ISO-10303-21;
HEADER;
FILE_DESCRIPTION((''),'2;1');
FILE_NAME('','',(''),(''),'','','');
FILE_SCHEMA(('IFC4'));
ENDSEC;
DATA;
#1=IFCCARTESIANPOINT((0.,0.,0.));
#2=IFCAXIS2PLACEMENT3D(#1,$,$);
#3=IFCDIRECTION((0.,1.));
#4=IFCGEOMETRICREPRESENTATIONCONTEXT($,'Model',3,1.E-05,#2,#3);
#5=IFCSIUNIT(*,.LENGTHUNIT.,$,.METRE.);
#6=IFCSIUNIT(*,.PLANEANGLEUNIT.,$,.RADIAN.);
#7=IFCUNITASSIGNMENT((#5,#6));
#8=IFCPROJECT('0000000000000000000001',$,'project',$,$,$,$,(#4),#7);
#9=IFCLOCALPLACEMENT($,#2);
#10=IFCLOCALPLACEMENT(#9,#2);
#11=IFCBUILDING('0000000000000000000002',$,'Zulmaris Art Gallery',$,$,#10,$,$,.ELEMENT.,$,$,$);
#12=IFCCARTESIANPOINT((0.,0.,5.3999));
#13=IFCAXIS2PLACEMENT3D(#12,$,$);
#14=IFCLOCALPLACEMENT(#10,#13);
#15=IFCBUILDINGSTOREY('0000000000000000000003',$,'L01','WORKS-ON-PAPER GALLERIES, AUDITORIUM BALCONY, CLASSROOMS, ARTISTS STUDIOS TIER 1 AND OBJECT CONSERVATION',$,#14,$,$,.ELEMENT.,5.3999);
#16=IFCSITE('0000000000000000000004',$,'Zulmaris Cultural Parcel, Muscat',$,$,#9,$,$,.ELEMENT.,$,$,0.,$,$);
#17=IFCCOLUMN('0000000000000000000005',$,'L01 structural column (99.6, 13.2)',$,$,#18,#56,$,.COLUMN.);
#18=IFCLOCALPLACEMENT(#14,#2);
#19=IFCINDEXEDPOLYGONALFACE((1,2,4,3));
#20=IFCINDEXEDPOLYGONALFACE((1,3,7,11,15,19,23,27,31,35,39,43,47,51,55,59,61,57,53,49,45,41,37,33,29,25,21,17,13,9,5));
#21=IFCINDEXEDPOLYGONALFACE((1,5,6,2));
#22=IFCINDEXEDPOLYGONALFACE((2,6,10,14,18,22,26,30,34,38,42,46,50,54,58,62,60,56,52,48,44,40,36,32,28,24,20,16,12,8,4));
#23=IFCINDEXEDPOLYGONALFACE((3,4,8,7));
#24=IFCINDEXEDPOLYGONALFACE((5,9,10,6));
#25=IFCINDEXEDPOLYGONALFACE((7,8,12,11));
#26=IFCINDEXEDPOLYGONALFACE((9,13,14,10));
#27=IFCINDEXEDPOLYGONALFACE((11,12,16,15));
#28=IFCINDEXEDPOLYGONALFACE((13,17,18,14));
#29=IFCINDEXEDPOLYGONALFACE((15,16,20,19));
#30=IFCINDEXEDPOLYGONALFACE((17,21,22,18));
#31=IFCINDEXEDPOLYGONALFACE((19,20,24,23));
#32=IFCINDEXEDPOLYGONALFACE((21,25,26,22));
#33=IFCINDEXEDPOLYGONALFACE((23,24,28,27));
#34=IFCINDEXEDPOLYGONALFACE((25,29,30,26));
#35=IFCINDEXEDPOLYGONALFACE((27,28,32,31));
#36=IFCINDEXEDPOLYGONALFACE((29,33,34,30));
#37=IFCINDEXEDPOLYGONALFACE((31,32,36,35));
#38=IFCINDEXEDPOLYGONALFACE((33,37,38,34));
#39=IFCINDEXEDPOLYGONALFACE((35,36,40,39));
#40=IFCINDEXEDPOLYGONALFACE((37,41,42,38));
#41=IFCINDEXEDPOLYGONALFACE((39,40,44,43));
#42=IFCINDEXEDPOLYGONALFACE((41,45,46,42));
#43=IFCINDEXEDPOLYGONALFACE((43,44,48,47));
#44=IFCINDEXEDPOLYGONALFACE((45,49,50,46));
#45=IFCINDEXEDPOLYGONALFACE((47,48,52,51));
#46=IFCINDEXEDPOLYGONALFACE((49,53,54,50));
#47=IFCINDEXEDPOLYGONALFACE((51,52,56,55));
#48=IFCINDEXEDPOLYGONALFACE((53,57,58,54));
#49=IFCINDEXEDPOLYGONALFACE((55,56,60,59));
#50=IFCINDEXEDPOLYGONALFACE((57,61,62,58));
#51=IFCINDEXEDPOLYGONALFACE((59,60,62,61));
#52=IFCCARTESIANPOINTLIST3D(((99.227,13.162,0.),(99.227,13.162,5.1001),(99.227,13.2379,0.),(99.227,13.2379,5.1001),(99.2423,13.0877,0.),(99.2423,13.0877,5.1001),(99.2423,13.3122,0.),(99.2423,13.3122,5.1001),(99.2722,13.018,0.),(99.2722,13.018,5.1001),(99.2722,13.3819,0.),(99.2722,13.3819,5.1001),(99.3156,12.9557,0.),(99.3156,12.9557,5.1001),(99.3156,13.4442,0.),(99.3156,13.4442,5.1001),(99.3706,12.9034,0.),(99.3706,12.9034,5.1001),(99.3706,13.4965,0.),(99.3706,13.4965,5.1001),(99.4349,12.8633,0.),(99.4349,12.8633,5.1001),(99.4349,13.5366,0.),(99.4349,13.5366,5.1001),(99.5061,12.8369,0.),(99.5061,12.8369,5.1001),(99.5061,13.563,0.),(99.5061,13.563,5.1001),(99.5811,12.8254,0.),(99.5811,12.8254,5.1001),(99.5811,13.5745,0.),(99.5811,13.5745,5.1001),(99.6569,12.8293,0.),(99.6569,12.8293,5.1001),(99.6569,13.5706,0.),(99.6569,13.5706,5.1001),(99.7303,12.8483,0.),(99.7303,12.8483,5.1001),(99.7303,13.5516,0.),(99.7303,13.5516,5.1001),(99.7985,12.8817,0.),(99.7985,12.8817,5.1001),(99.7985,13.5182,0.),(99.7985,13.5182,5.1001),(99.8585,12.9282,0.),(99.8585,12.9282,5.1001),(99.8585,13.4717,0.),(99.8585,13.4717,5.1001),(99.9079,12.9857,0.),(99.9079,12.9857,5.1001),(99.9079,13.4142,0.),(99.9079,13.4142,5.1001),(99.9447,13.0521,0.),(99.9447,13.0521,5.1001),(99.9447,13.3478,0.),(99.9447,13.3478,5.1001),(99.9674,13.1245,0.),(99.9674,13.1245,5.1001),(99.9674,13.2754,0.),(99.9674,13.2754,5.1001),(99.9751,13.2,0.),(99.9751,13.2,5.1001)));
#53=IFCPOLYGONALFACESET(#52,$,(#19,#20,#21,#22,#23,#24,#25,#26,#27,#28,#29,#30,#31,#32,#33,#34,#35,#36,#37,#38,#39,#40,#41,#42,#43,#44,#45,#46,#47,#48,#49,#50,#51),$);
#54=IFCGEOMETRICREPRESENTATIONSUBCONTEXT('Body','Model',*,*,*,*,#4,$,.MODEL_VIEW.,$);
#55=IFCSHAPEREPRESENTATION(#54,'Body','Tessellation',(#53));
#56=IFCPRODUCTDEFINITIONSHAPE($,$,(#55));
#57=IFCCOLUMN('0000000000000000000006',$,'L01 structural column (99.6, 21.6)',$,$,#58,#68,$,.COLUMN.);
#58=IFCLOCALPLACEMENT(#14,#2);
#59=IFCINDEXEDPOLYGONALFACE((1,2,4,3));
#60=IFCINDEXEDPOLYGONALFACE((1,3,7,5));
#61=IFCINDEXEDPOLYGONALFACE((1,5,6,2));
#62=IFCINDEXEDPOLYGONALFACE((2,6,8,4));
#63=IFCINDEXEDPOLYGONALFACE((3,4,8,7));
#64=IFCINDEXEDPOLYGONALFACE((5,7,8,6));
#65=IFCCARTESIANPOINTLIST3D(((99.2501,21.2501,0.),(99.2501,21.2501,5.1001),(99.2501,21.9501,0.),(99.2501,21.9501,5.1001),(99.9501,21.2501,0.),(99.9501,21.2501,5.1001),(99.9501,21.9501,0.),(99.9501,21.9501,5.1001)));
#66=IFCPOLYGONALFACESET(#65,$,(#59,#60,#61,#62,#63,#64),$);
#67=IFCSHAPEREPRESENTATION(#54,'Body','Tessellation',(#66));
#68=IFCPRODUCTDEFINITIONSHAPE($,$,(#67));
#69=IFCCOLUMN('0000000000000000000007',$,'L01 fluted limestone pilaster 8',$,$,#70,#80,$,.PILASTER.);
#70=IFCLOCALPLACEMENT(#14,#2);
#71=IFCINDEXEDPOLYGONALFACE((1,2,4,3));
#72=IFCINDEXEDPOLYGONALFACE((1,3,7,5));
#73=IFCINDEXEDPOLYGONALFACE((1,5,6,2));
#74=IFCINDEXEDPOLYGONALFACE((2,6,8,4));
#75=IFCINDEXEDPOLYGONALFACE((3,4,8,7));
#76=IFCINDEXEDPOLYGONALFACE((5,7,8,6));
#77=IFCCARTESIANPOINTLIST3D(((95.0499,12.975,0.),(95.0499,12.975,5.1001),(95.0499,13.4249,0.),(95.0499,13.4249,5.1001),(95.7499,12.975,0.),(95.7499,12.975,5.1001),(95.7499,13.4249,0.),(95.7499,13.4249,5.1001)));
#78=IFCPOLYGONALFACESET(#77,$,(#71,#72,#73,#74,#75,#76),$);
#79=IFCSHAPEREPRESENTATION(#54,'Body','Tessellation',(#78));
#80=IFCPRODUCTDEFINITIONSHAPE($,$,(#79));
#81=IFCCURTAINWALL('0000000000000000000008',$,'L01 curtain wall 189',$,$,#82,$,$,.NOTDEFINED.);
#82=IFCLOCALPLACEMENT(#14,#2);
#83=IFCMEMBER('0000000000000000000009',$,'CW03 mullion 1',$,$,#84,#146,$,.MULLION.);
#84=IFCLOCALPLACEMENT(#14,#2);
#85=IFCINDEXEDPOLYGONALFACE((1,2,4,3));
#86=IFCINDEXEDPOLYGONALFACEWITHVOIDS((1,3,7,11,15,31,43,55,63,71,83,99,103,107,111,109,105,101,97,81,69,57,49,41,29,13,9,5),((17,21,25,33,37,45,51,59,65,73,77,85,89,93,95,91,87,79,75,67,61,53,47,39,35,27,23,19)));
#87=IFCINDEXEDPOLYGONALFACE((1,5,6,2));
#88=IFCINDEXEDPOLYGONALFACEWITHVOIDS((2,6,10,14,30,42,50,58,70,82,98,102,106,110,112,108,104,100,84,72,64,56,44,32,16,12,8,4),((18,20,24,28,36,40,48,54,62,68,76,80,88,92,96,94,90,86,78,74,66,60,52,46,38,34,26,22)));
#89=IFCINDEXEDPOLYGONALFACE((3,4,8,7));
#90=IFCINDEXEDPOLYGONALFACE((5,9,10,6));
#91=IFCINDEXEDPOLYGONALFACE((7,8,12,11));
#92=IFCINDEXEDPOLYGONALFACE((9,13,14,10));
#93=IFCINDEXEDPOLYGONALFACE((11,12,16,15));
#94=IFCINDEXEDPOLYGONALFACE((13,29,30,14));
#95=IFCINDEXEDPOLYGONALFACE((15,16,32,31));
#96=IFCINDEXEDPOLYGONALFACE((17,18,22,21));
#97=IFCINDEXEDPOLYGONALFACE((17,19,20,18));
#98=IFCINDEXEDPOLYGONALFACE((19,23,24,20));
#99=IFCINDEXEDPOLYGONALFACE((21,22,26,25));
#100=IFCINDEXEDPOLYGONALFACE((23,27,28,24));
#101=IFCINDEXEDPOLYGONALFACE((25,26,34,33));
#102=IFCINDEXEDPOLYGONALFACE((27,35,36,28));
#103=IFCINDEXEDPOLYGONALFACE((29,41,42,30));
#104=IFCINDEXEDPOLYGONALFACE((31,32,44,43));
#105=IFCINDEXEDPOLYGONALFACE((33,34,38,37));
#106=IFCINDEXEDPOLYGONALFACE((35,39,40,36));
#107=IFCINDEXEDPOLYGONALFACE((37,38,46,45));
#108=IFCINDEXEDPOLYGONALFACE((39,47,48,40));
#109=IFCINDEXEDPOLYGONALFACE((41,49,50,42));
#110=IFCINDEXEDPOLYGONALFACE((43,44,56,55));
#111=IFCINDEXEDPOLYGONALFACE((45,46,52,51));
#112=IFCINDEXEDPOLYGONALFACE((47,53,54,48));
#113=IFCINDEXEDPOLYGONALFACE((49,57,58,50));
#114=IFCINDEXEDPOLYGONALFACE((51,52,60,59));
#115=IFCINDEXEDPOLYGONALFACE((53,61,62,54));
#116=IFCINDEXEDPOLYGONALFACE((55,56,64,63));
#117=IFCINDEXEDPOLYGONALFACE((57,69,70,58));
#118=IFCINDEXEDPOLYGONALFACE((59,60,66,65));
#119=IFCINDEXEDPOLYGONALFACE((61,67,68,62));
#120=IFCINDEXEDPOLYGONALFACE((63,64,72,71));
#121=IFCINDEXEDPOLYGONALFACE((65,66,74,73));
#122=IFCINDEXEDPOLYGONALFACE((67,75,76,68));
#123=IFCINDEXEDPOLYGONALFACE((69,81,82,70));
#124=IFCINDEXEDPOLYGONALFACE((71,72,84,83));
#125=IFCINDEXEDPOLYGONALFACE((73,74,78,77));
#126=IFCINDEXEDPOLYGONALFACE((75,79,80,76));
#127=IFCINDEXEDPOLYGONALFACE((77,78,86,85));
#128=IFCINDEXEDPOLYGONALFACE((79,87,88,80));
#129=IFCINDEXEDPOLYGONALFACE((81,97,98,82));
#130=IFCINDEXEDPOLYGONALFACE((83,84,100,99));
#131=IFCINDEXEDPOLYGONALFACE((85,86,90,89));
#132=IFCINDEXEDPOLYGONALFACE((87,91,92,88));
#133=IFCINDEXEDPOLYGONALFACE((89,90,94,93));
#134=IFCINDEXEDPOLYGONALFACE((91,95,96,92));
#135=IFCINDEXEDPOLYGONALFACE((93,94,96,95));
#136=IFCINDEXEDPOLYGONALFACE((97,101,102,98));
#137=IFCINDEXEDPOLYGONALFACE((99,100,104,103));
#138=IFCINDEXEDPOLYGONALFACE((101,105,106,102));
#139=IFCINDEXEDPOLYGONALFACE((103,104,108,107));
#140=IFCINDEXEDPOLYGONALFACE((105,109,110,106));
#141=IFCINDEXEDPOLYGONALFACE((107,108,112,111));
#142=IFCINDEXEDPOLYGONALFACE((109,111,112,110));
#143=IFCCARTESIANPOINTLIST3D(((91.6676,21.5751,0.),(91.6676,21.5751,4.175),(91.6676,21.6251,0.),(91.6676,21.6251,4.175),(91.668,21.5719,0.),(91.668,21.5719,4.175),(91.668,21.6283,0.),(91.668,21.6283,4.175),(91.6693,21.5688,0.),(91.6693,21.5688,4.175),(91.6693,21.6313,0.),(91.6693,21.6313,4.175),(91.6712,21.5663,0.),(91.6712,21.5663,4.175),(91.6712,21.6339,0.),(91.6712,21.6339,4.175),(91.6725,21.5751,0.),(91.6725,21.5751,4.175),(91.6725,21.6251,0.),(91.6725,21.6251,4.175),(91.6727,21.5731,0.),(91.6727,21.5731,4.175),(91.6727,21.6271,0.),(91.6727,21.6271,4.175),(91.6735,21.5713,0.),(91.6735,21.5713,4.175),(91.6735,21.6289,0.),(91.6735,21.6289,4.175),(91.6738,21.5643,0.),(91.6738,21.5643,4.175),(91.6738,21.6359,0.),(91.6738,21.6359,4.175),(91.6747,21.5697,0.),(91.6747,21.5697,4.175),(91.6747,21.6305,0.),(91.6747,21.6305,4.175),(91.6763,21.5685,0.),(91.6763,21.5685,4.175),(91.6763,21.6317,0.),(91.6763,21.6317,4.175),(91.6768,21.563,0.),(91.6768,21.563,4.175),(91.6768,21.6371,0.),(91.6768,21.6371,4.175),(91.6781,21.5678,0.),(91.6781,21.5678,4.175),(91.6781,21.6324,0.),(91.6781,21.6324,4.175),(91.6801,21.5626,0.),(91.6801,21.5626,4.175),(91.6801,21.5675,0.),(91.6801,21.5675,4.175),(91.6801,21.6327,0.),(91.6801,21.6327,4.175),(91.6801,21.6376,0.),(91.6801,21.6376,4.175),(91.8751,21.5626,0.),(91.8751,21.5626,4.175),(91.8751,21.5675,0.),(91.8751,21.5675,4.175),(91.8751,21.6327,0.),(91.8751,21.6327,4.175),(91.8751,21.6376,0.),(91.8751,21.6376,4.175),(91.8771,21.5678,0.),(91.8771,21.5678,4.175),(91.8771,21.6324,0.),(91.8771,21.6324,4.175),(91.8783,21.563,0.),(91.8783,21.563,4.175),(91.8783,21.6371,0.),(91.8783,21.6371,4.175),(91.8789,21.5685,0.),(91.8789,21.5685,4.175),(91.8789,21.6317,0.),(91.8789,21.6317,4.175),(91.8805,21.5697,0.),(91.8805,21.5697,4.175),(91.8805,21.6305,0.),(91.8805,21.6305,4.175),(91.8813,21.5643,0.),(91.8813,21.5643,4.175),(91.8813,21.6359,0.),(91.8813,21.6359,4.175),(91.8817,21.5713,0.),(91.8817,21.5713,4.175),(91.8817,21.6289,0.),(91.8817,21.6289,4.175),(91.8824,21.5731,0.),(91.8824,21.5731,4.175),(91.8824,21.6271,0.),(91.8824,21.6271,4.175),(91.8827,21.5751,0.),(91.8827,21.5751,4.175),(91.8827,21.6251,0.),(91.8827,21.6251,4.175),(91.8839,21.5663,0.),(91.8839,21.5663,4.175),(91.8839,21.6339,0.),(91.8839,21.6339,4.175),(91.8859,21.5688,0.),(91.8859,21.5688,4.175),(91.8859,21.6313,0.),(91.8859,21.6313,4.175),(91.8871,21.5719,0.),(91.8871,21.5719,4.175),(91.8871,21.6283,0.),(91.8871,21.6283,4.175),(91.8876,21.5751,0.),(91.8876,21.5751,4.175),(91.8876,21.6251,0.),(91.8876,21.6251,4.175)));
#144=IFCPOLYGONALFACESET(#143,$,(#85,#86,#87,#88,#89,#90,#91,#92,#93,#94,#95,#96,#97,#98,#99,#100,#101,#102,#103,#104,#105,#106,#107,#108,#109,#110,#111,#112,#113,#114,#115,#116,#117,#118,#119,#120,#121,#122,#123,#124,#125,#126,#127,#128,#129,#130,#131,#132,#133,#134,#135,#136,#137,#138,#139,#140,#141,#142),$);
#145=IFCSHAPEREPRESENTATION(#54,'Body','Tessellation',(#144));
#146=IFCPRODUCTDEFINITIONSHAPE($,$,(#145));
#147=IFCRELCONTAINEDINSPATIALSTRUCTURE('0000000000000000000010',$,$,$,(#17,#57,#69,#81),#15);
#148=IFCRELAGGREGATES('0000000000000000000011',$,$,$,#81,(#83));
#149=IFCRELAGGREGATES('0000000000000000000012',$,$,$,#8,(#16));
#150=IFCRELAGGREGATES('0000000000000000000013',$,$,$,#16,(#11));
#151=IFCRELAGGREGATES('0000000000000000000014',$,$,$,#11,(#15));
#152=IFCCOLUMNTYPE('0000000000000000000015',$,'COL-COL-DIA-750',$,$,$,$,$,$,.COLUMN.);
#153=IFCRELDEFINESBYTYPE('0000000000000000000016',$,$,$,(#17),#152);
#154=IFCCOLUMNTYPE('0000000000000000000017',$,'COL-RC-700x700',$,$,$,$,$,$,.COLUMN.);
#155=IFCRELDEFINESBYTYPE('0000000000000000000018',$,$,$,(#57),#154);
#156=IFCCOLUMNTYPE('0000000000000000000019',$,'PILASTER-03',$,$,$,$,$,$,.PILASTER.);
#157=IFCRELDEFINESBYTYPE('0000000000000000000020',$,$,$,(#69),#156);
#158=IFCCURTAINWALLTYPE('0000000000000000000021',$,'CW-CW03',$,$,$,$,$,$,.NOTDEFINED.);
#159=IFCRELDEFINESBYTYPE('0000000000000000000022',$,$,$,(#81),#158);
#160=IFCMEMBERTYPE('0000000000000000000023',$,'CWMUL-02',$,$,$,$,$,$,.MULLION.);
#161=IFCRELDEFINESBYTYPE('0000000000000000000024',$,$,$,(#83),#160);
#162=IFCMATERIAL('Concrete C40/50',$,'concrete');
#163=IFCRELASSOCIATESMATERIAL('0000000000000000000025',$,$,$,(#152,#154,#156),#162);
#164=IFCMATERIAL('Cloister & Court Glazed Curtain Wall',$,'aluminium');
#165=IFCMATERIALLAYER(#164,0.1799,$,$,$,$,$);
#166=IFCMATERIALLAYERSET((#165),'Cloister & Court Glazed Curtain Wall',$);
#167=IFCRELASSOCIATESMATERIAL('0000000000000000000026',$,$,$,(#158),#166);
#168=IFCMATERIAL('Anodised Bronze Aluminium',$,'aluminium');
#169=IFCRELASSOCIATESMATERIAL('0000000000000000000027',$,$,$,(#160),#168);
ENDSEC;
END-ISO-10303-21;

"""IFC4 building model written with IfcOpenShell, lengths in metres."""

from ifc_helpers import new_model, si_unit, direction, frame, origin, origin_2d, place, context, subcontext, project, spatial, rectangle, hollow_rectangle, circle, extrude, material, layer, layer_set, material_profile, profile_set, type_object, element, aggregate, save


model = new_model("IFC4")

# Units and contexts
model_context = context("Model", 3, precision=1e-05, world=origin(), true_north=direction((0.0, 1.0)))
body_context = subcontext(model_context, "Body", "Model", "MODEL_VIEW")
ifc_project = project(units=[si_unit("LENGTHUNIT", "METRE"), si_unit("PLANEANGLEUNIT", "RADIAN")], contexts=[model_context])

# Site, building, storey
site_placement = place(None, origin())
site = spatial("IfcSite", under=ifc_project, at=site_placement, Name="Zulmaris Cultural Parcel, Muscat", CompositionType="ELEMENT", RefElevation=0.0)
building_placement = place(site_placement, origin())
building = spatial("IfcBuilding", under=site, at=building_placement, Name="Zulmaris Art Gallery", CompositionType="ELEMENT")
storey_placement = place(building_placement, frame((0.0, 0.0, 5.3999)))
storey = spatial("IfcBuildingStorey", under=building, at=storey_placement, Name="L01", Description="WORKS-ON-PAPER GALLERIES, AUDITORIUM BALCONY, CLASSROOMS, ARTISTS STUDIOS TIER 1 AND OBJECT CONSERVATION", CompositionType="ELEMENT", Elevation=5.3999)

# Columns
ifc_material_1 = material(Name="Concrete C40/50", Category="concrete")
ifc_material_profile_1 = material_profile(ifc_material_1, circle(Radius=0.375, at=origin_2d()), Name="COL DIA 750")
ifc_profile_set_1 = profile_set([ifc_material_profile_1], Name="Concrete C40/50")
column_type_1 = type_object("IfcColumnType", Name="COL-COL-DIA-750", PredefinedType="COLUMN", material=ifc_profile_set_1)
column_1_placement = place(storey_placement, frame((99.6001, 13.2, 0.0), z_axis=(0.0, 0.0, 1.0), x_axis=(1.0, 0.0, 0.0)))
element("IfcColumn", 1, at=column_1_placement, inside=storey, type_object=column_type_1, Name="L01 structural column (99.6, 13.2)", PredefinedType="COLUMN", context=body_context, shape_type="SweptSolid", body=[
    extrude(circle(Radius=0.375, at=origin_2d()), origin(), (0.0, 0.0, 1.0), 5.1001),
])
ifc_material_profile_2 = material_profile(ifc_material_1, rectangle(XDim=0.7, YDim=0.7, at=origin_2d()), Name="RC 700x700")
ifc_profile_set_2 = profile_set([ifc_material_profile_2], Name="Concrete C40/50")
column_type_2 = type_object("IfcColumnType", Name="COL-RC-700x700", PredefinedType="COLUMN", material=ifc_profile_set_2)
column_2_placement = place(storey_placement, frame((99.6001, 21.6001, 0.0), z_axis=(0.0, 0.0, 1.0), x_axis=(1.0, 0.0, 0.0)))
element("IfcColumn", 2, at=column_2_placement, inside=storey, type_object=column_type_2, Name="L01 structural column (99.6, 21.6)", PredefinedType="COLUMN", context=body_context, shape_type="SweptSolid", body=[
    extrude(rectangle(XDim=0.7, YDim=0.7, at=origin_2d()), origin(), (0.0, 0.0, 1.0), 5.1001),
])
ifc_material_profile_3 = material_profile(ifc_material_1, rectangle(XDim=0.7, YDim=0.45, at=origin_2d()), Name="PIL 700x450")
ifc_profile_set_3 = profile_set([ifc_material_profile_3], Name="Concrete C40/50")
column_type_3 = type_object("IfcColumnType", Name="PILASTER-03", PredefinedType="PILASTER", material=ifc_profile_set_3)
column_3_placement = place(storey_placement, frame((95.3999, 13.2, 0.0), z_axis=(0.0, 0.0, 1.0), x_axis=(1.0, 0.0, 0.0)))
element("IfcColumn", 3, at=column_3_placement, inside=storey, type_object=column_type_3, Name="L01 fluted limestone pilaster 8", PredefinedType="PILASTER", context=body_context, shape_type="SweptSolid", body=[
    extrude(rectangle(XDim=0.7, YDim=0.45, at=origin_2d()), origin(), (0.0, 0.0, 1.0), 5.1001),
])

# Curtain wall, member
ifc_material_2 = material(Name="Cloister & Court Glazed Curtain Wall", Category="aluminium")
ifc_layer_1 = layer(ifc_material_2, 0.1799)
ifc_layer_set_1 = layer_set([ifc_layer_1], Name="Cloister & Court Glazed Curtain Wall")
curtain_wall_type = type_object("IfcCurtainWallType", Name="CW-CW03", PredefinedType="NOTDEFINED", material=ifc_layer_set_1)
curtain_wall_placement = place(storey_placement, origin())
curtain_wall = element("IfcCurtainWall", 4, at=curtain_wall_placement, inside=storey, type_object=curtain_wall_type, Name="L01 curtain wall 189", PredefinedType="NOTDEFINED")
ifc_material_3 = material(Name="Anodised Bronze Aluminium", Category="aluminium")
ifc_material_profile_4 = material_profile(ifc_material_3, hollow_rectangle(XDim=0.075, YDim=0.22, WallThickness=0.0049, InnerFilletRadius=0.0076, OuterFilletRadius=0.0125, at=origin_2d()), Name="ALU 75x220x5")
ifc_profile_set_4 = profile_set([ifc_material_profile_4], Name="Anodised Bronze Aluminium")
member_type_1 = type_object("IfcMemberType", Name="CWMUL-02", PredefinedType="MULLION", material=ifc_profile_set_4)
member_1_placement = place(storey_placement, frame((91.7776, 21.6001, 0.0), z_axis=(0.0, 0.0, 1.0), x_axis=(0.0, 1.0, 0.0)))
member_1 = element("IfcMember", 5, at=member_1_placement, type_object=member_type_1, Name="CW03 mullion 1", PredefinedType="MULLION", context=body_context, shape_type="SweptSolid", body=[
    extrude(hollow_rectangle(XDim=0.075, YDim=0.22, WallThickness=0.0049, InnerFilletRadius=0.0076, OuterFilletRadius=0.0125, at=origin_2d()), origin(), (0.0, 0.0, 1.0), 4.175),
])
aggregate(curtain_wall, [member_1])

save(model, "model.ifc")
